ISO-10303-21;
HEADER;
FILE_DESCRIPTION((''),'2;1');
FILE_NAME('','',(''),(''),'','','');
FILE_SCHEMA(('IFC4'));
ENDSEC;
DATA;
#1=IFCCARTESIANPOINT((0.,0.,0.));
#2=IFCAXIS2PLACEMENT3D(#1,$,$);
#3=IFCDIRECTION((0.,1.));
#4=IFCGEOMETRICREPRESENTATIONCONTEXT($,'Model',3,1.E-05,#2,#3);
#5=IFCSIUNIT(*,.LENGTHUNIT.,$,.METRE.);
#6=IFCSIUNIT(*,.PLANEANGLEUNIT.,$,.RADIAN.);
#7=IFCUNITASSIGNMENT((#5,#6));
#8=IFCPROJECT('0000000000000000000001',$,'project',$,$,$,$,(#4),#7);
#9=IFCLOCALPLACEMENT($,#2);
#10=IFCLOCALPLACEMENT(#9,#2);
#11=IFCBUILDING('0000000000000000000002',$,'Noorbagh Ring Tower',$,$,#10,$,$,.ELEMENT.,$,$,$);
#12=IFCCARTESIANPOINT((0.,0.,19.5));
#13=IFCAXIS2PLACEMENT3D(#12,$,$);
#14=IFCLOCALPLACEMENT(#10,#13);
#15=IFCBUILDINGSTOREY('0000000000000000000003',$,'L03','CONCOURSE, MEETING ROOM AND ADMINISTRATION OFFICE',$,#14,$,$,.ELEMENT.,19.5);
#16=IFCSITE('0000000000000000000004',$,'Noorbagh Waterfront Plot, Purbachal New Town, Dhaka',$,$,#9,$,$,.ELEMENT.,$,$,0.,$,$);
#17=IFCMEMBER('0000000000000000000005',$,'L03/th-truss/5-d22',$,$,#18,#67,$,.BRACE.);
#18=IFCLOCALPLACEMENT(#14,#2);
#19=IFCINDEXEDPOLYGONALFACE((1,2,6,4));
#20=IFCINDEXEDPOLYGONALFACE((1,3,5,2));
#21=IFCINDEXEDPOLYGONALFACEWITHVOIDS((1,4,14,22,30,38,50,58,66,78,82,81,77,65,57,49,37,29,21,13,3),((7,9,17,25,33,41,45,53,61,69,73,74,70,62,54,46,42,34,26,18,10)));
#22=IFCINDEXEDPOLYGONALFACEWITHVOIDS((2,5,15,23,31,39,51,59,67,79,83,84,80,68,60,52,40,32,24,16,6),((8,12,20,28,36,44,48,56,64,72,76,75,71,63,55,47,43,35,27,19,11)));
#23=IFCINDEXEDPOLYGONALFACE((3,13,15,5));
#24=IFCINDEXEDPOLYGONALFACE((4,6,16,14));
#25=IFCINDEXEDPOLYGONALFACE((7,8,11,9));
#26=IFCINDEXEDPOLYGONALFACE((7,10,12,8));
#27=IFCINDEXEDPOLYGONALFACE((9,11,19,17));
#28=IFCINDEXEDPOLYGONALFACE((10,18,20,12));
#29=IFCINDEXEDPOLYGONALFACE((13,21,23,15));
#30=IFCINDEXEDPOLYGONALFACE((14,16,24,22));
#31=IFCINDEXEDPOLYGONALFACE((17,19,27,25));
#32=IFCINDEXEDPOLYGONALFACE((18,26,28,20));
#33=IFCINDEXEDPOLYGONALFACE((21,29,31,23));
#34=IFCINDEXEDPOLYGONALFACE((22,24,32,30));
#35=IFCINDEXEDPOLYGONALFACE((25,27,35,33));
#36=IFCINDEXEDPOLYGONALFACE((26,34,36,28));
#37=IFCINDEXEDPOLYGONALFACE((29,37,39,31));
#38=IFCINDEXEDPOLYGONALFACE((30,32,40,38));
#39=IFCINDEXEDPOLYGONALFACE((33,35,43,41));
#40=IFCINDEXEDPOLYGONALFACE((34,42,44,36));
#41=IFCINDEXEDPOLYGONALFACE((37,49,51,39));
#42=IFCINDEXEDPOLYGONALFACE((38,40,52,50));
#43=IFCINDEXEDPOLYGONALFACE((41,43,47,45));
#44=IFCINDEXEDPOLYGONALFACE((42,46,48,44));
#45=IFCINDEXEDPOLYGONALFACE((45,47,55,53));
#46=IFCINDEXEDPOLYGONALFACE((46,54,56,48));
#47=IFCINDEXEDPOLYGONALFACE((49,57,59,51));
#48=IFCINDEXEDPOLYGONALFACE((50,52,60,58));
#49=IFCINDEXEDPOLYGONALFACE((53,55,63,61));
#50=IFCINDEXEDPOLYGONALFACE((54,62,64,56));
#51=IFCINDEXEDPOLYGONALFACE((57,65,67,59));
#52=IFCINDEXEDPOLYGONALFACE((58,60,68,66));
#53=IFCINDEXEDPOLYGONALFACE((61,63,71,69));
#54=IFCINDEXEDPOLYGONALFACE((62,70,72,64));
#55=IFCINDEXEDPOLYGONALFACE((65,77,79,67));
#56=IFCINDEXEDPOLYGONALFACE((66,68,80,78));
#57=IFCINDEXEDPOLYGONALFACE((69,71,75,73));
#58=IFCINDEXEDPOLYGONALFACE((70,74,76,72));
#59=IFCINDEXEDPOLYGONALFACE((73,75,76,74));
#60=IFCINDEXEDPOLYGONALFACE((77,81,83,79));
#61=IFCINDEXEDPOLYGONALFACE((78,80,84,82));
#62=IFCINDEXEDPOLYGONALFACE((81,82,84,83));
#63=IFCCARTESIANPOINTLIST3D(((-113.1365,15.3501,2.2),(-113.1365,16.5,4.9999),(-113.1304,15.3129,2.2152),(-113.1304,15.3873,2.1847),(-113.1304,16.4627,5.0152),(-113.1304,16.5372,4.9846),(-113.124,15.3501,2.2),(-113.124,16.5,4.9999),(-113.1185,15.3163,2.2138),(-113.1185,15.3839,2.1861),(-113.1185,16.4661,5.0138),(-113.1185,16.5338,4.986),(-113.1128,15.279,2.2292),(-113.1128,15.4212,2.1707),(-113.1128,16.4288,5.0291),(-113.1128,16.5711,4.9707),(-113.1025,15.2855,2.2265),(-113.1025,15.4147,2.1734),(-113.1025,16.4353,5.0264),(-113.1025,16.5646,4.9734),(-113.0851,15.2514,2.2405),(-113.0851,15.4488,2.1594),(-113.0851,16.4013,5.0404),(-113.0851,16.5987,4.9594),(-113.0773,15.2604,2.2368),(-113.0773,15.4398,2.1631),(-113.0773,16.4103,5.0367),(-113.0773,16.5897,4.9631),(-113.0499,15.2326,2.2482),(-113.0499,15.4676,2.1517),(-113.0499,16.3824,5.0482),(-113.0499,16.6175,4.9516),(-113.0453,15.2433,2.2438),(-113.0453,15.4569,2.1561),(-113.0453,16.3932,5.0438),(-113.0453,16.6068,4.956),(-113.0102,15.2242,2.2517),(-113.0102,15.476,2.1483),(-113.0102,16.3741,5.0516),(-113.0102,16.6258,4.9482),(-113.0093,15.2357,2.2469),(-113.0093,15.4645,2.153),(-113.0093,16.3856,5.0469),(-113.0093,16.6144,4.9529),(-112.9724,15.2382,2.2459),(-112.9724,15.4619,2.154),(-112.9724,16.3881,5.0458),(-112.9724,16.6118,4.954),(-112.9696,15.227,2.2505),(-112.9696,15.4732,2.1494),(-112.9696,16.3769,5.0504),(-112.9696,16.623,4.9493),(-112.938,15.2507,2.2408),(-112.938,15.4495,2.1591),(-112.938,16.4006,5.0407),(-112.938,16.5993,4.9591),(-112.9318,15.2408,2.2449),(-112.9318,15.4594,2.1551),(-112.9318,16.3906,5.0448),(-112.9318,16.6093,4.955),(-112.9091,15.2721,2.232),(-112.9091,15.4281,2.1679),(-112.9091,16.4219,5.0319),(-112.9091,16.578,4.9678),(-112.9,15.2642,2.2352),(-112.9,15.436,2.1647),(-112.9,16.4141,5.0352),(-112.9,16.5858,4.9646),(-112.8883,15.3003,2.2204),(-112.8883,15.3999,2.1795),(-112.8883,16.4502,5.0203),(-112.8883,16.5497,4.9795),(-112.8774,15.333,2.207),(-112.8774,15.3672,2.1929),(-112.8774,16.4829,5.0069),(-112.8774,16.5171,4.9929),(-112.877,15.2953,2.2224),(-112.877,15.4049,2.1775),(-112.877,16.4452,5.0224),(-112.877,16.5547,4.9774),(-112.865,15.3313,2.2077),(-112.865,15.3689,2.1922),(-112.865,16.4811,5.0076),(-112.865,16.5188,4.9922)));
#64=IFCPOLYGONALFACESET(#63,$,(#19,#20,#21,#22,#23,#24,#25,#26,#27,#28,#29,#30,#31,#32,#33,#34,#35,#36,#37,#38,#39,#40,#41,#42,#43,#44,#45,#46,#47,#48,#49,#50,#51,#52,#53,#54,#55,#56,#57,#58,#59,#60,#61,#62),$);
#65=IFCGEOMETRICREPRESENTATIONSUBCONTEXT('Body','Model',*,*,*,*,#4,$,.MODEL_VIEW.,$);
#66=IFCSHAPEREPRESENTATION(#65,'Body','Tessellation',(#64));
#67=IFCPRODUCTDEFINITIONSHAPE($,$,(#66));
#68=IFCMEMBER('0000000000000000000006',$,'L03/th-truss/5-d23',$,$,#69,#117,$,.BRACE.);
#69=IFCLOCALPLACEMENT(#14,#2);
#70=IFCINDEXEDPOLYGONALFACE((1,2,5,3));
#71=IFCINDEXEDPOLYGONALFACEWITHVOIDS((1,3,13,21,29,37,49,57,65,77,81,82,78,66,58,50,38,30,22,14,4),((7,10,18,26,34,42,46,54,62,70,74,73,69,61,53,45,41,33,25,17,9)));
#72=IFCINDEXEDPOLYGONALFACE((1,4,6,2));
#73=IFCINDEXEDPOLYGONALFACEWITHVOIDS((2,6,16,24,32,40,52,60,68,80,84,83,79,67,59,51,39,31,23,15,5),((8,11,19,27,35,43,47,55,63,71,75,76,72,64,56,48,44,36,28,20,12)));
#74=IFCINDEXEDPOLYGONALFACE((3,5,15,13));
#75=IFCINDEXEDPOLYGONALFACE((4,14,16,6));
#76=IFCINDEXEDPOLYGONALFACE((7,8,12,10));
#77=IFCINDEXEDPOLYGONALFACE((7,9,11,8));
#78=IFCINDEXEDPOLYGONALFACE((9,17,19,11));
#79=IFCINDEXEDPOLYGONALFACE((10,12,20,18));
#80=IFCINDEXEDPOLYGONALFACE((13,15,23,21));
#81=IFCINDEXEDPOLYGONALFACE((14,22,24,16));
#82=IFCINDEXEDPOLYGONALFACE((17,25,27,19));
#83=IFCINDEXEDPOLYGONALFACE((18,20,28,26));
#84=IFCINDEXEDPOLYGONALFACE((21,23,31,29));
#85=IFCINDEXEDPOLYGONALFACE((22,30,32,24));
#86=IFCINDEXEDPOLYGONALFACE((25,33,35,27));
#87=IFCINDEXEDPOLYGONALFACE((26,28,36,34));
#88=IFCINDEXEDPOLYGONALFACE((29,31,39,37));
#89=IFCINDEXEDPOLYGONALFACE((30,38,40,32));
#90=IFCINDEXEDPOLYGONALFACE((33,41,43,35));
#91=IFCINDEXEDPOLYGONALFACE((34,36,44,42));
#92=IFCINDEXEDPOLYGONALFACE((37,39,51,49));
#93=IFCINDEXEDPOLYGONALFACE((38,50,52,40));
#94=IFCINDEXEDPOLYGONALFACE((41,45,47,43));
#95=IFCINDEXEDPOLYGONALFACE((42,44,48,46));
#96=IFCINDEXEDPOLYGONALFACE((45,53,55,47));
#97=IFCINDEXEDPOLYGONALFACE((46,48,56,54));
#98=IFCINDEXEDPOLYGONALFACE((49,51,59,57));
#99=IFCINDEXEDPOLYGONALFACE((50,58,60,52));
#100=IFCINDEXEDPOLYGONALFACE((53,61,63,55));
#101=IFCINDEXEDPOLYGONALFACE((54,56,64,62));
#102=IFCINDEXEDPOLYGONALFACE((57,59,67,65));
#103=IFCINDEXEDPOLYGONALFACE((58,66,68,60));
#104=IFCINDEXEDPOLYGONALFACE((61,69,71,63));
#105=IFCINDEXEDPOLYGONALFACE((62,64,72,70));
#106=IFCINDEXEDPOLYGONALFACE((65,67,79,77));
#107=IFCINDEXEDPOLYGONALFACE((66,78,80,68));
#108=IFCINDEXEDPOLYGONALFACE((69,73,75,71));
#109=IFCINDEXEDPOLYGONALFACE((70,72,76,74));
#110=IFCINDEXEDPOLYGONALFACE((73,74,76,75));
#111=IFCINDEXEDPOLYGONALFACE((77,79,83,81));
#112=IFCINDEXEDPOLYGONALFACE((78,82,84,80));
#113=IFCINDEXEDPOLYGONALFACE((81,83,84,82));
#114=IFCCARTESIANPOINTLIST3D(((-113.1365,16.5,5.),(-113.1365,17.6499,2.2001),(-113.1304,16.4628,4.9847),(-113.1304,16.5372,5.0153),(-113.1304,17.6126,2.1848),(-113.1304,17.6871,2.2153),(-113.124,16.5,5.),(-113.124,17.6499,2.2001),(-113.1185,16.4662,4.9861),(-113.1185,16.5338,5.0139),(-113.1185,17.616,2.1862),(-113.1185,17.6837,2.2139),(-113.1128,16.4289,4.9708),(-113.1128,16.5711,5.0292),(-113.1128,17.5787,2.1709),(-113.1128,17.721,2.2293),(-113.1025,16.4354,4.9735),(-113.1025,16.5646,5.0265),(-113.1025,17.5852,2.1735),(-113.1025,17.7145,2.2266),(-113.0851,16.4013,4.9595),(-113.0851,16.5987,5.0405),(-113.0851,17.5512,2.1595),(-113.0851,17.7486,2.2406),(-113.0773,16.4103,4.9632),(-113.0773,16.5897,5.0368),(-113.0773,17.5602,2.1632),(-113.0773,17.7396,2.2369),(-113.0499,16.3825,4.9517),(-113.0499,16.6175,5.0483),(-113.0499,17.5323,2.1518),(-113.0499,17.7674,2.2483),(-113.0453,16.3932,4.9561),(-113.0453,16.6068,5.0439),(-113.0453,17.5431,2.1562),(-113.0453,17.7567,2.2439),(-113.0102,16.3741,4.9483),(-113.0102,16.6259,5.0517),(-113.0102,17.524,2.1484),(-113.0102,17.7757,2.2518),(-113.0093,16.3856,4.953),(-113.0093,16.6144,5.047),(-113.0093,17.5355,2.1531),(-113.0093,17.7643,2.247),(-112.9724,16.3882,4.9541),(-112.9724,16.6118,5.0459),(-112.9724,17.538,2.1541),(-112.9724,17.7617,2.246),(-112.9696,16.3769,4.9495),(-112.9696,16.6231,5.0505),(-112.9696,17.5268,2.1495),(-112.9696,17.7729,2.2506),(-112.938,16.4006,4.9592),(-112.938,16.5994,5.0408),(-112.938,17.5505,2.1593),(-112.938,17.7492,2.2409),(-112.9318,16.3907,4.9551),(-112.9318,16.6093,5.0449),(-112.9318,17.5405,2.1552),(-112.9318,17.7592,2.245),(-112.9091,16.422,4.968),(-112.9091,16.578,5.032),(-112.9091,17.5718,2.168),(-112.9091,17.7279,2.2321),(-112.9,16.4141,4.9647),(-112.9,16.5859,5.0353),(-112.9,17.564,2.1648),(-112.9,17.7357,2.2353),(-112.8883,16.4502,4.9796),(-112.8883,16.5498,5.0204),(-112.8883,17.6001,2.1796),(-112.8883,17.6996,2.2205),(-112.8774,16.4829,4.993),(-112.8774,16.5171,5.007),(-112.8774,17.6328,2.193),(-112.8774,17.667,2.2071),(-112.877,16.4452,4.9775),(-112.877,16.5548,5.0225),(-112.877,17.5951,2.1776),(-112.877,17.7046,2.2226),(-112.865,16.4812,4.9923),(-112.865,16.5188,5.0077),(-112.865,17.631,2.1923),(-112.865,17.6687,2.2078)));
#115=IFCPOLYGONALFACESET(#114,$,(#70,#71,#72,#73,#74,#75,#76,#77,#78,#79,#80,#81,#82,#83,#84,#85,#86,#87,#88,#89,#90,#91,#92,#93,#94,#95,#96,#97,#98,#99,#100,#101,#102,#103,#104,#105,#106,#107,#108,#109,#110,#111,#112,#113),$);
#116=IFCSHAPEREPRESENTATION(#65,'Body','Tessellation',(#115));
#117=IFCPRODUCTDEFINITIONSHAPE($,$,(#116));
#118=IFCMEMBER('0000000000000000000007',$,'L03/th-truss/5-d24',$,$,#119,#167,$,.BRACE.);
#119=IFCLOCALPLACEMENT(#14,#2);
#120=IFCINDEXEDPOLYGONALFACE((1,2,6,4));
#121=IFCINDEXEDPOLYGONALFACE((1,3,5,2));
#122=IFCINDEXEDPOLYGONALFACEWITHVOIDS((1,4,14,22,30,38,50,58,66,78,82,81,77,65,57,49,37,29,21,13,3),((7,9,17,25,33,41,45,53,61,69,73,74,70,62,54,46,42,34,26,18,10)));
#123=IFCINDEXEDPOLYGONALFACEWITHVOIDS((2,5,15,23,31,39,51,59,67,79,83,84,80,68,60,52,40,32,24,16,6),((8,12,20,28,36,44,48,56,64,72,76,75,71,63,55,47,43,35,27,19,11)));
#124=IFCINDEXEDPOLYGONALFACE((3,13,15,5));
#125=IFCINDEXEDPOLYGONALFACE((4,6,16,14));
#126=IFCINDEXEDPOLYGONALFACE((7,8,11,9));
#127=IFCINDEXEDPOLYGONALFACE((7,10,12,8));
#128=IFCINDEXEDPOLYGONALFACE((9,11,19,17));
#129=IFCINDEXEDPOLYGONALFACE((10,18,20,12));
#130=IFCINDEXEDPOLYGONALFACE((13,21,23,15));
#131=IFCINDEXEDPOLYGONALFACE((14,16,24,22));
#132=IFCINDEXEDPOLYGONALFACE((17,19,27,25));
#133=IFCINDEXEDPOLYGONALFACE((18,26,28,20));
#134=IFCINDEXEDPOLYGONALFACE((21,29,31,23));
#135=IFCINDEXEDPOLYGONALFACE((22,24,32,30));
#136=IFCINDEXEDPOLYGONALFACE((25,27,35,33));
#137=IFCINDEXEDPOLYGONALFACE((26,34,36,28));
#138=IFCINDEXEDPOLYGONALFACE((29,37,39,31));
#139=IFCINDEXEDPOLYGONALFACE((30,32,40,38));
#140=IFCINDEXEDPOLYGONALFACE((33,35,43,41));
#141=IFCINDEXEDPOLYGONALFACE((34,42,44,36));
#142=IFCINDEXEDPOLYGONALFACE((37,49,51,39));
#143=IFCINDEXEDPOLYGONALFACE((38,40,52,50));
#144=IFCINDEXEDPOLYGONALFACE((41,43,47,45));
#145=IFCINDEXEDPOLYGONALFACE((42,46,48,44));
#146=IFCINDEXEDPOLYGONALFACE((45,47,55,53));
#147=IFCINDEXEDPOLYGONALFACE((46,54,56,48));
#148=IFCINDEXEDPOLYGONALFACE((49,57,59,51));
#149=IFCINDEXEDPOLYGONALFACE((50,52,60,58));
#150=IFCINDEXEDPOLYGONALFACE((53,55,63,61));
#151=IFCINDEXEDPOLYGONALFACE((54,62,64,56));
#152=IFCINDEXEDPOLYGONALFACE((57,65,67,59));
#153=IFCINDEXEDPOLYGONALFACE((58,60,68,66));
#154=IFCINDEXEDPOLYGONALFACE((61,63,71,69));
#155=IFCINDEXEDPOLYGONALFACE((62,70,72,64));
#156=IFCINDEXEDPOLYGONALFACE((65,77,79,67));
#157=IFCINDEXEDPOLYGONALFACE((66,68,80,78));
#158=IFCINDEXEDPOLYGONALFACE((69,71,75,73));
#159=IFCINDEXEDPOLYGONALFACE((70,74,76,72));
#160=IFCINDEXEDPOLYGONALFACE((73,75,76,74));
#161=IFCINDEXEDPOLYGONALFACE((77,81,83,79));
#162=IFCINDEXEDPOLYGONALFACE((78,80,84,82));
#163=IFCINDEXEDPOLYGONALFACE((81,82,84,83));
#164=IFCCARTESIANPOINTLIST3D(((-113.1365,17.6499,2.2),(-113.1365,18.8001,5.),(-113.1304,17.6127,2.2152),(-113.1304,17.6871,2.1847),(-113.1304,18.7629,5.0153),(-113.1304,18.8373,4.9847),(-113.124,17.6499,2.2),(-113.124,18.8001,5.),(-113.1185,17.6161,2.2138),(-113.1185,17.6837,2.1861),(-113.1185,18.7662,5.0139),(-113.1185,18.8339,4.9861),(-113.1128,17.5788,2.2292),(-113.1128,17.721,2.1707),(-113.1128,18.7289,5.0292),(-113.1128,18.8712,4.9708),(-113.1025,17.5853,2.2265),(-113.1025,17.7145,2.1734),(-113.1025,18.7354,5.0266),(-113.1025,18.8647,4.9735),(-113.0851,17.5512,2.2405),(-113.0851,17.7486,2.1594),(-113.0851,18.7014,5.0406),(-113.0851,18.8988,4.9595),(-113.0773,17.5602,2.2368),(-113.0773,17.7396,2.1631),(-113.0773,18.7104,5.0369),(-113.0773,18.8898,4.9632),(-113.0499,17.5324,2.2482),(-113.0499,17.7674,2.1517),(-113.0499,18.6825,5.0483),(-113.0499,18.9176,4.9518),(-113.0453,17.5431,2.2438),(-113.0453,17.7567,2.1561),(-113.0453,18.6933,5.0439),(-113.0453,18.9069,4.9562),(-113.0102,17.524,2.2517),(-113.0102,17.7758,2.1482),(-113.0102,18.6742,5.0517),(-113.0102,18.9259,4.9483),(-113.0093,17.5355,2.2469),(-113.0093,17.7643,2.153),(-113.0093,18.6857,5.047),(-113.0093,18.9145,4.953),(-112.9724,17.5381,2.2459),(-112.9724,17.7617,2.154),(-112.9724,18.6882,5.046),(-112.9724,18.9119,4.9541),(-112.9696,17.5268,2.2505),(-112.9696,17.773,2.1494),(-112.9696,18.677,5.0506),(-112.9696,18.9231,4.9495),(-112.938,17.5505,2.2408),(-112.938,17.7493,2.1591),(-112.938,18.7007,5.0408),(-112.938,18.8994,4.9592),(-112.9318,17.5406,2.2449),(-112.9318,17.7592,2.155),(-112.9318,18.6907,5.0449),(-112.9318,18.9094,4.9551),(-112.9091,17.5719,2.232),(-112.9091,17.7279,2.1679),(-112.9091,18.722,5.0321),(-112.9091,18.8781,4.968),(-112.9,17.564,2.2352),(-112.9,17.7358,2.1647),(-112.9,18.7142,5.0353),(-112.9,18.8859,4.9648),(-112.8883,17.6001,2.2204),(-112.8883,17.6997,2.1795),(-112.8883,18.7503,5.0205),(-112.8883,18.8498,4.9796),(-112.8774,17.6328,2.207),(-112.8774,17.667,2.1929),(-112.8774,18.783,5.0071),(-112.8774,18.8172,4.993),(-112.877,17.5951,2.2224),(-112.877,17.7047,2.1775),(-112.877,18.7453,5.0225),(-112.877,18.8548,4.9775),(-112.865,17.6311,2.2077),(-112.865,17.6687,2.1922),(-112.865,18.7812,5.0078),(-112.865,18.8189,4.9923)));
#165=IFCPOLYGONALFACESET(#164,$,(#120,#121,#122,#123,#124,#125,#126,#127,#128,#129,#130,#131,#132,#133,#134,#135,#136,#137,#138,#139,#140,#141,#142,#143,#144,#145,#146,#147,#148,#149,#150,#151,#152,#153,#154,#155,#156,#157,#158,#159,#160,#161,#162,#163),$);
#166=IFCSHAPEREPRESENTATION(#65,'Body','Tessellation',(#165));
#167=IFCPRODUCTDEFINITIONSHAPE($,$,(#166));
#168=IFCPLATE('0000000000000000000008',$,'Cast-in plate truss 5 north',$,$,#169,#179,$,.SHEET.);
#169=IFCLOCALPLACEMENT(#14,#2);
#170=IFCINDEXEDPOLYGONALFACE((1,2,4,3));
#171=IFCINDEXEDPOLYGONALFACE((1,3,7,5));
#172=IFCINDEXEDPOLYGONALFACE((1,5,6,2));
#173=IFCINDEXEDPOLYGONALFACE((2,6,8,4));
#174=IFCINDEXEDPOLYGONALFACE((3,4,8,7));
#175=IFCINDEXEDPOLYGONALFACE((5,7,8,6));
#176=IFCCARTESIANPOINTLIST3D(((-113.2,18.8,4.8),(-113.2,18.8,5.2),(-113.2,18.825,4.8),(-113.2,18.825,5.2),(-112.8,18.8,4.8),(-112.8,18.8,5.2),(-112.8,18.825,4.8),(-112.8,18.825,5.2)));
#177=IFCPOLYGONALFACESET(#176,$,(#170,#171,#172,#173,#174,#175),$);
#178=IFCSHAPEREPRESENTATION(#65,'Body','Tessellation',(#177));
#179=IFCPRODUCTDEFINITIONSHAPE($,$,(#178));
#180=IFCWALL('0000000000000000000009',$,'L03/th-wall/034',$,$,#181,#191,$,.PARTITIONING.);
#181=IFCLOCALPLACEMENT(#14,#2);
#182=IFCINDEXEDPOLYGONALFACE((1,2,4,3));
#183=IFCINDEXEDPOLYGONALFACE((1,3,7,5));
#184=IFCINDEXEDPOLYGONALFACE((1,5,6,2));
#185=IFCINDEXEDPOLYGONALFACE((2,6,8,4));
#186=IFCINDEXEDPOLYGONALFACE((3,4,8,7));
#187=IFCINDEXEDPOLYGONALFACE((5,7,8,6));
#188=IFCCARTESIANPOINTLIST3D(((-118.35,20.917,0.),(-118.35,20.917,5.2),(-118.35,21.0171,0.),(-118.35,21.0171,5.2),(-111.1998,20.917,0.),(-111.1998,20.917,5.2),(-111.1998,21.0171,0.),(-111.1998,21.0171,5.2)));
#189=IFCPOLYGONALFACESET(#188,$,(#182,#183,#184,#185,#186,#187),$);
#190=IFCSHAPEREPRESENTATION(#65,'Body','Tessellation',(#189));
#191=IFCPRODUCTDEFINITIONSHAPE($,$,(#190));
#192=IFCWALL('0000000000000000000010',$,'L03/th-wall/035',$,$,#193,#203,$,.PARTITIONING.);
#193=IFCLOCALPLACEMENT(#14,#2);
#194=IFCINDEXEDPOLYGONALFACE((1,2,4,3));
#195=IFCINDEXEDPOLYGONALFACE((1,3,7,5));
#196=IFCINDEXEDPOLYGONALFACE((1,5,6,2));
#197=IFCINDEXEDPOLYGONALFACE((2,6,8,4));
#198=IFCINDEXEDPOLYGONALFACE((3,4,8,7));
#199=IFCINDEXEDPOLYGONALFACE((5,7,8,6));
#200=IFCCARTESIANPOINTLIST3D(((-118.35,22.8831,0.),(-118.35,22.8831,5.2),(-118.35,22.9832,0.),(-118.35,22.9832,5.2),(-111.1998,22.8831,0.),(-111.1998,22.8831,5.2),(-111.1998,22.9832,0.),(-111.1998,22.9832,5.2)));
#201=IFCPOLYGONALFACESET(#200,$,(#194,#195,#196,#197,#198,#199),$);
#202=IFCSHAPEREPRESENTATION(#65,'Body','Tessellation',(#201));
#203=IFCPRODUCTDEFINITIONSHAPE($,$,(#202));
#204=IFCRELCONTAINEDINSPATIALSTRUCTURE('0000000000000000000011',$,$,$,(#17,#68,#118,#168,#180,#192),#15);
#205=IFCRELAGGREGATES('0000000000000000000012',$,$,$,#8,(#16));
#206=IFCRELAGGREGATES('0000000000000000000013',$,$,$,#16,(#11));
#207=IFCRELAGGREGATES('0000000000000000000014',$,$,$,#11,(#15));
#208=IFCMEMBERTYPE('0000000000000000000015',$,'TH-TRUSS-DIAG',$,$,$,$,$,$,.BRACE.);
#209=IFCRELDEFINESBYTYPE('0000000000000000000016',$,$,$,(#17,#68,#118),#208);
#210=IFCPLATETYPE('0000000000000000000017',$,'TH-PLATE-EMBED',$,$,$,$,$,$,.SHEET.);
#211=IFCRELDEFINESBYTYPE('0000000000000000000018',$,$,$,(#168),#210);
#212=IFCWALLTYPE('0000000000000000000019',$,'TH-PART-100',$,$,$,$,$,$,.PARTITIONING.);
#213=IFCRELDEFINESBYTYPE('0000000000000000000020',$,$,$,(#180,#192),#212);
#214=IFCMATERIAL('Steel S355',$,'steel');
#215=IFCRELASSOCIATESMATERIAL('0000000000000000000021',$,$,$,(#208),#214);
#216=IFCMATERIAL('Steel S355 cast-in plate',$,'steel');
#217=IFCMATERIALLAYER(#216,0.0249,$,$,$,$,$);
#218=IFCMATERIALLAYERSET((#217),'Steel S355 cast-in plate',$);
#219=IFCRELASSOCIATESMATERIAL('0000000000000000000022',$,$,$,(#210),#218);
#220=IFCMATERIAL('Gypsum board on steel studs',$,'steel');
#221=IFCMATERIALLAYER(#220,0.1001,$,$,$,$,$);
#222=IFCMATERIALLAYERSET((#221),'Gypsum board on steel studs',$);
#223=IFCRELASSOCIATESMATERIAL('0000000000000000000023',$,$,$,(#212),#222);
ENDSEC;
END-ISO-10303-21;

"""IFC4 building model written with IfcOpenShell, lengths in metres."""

from ifc_helpers import new_model, si_unit, direction, frame, frame_2d, origin, origin_2d, place, context, subcontext, project, spatial, rectangle, hollow_circle, extrude, material, layer, layer_set, material_profile, profile_set, type_object, element, save


model = new_model("IFC4")

# Units and contexts
model_context = context("Model", 3, precision=1e-05, world=origin(), true_north=direction((0.0, 1.0)))
body_context = subcontext(model_context, "Body", "Model", "MODEL_VIEW")
ifc_project = project(units=[si_unit("LENGTHUNIT", "METRE"), si_unit("PLANEANGLEUNIT", "RADIAN")], contexts=[model_context])

# Site, building, storey
site_placement = place(None, origin())
site = spatial("IfcSite", under=ifc_project, at=site_placement, Name="Noorbagh Waterfront Plot, Purbachal New Town, Dhaka", CompositionType="ELEMENT", RefElevation=0.0)
building_placement = place(site_placement, origin())
building = spatial("IfcBuilding", under=site, at=building_placement, Name="Noorbagh Ring Tower", CompositionType="ELEMENT")
storey_placement = place(building_placement, frame((0.0, 0.0, 19.5)))
storey = spatial("IfcBuildingStorey", under=building, at=storey_placement, Name="L03", Description="CONCOURSE, MEETING ROOM AND ADMINISTRATION OFFICE", CompositionType="ELEMENT", Elevation=19.5)

# Members
ifc_material_1 = material(Name="Steel S355", Category="steel")
ifc_material_profile = material_profile(ifc_material_1, hollow_circle(Radius=0.1365, WallThickness=0.0125, at=origin_2d()), Name="CHS273x12.5")
ifc_profile_set = profile_set([ifc_material_profile], Name="Steel S355")
member_type = type_object("IfcMemberType", Name="TH-TRUSS-DIAG", PredefinedType="BRACE", material=ifc_profile_set)
for number, where, z_axis, x_axis, name in (
    (1, (-113.0, 15.3501, 2.2), (0.0, 0.379886, 0.925033), (-1.0, 0.0, 0.0), "L03/th-truss/5-d22"),
    (2, (-113.0, 16.5, 5.0), (0.0, 0.379886, -0.925033), (-1.0, 0.0, 0.0), "L03/th-truss/5-d23"),
):
    element("IfcMember", number, at=place(storey_placement, frame(where, z_axis=z_axis, x_axis=x_axis)), inside=storey, type_object=member_type, Name=name, PredefinedType="BRACE", context=body_context, shape_type="SweptSolid", body=[
        extrude(hollow_circle(Radius=0.1365, WallThickness=0.0125, at=origin_2d()), origin(), (0.0, 0.0, 1.0), 3.0269),
    ])
member_1_placement = place(storey_placement, frame((-113.0, 17.6499, 2.2), z_axis=(0.0, 0.379955, 0.925005), x_axis=(-1.0, 0.0, 0.0)))
element("IfcMember", 3, at=member_1_placement, inside=storey, type_object=member_type, Name="L03/th-truss/5-d24", PredefinedType="BRACE", context=body_context, shape_type="SweptSolid", body=[
    extrude(hollow_circle(Radius=0.1365, WallThickness=0.0125, at=origin_2d()), origin(), (0.0, 0.0, 1.0), 3.0271),
])

# Plate
ifc_material_2 = material(Name="Steel S355 cast-in plate", Category="steel")
ifc_layer_1 = layer(ifc_material_2, 0.0249)
ifc_layer_set_1 = layer_set([ifc_layer_1], Name="Steel S355 cast-in plate")
plate_type = type_object("IfcPlateType", Name="TH-PLATE-EMBED", PredefinedType="SHEET", material=ifc_layer_set_1)
plate_placement = place(storey_placement, frame((-113.0, 18.8125, 4.8), z_axis=(0.0, 0.0, 1.0), x_axis=(1.0, 0.0, 0.0)))
element("IfcPlate", 4, at=plate_placement, inside=storey, type_object=plate_type, Name="Cast-in plate truss 5 north", PredefinedType="SHEET", context=body_context, shape_type="SweptSolid", body=[
    extrude(rectangle(XDim=0.3999, YDim=0.0249, at=origin_2d()), origin(), (0.0, 0.0, 1.0), 0.3999),
])

# Walls
ifc_material_3 = material(Name="Gypsum board on steel studs", Category="steel")
ifc_layer_2 = layer(ifc_material_3, 0.1001)
ifc_layer_set_2 = layer_set([ifc_layer_2], Name="Gypsum board on steel studs")
wall_type_1 = type_object("IfcWallType", Name="TH-PART-100", PredefinedType="PARTITIONING", material=ifc_layer_set_2)
for number, where, z_axis, x_axis, name in (
    (5, (-118.3501, 20.967, 0.0), (0.0, 0.0, 1.0), (1.0, 0.0, 0.0), "L03/th-wall/034"),
    (6, (-118.3501, 22.9331, 0.0), (0.0, 0.0, 1.0), (1.0, 0.0, 0.0), "L03/th-wall/035"),
):
    element("IfcWall", number, at=place(storey_placement, frame(where, z_axis=z_axis, x_axis=x_axis)), inside=storey, type_object=wall_type_1, Name=name, PredefinedType="PARTITIONING", context=body_context, shape_type="SweptSolid", body=[
        extrude(rectangle(XDim=7.1501, YDim=0.1001, at=frame_2d((3.5752, 0.0))), origin(), (0.0, 0.0, 1.0), 5.2),
    ])

save(model, "model.ifc")
